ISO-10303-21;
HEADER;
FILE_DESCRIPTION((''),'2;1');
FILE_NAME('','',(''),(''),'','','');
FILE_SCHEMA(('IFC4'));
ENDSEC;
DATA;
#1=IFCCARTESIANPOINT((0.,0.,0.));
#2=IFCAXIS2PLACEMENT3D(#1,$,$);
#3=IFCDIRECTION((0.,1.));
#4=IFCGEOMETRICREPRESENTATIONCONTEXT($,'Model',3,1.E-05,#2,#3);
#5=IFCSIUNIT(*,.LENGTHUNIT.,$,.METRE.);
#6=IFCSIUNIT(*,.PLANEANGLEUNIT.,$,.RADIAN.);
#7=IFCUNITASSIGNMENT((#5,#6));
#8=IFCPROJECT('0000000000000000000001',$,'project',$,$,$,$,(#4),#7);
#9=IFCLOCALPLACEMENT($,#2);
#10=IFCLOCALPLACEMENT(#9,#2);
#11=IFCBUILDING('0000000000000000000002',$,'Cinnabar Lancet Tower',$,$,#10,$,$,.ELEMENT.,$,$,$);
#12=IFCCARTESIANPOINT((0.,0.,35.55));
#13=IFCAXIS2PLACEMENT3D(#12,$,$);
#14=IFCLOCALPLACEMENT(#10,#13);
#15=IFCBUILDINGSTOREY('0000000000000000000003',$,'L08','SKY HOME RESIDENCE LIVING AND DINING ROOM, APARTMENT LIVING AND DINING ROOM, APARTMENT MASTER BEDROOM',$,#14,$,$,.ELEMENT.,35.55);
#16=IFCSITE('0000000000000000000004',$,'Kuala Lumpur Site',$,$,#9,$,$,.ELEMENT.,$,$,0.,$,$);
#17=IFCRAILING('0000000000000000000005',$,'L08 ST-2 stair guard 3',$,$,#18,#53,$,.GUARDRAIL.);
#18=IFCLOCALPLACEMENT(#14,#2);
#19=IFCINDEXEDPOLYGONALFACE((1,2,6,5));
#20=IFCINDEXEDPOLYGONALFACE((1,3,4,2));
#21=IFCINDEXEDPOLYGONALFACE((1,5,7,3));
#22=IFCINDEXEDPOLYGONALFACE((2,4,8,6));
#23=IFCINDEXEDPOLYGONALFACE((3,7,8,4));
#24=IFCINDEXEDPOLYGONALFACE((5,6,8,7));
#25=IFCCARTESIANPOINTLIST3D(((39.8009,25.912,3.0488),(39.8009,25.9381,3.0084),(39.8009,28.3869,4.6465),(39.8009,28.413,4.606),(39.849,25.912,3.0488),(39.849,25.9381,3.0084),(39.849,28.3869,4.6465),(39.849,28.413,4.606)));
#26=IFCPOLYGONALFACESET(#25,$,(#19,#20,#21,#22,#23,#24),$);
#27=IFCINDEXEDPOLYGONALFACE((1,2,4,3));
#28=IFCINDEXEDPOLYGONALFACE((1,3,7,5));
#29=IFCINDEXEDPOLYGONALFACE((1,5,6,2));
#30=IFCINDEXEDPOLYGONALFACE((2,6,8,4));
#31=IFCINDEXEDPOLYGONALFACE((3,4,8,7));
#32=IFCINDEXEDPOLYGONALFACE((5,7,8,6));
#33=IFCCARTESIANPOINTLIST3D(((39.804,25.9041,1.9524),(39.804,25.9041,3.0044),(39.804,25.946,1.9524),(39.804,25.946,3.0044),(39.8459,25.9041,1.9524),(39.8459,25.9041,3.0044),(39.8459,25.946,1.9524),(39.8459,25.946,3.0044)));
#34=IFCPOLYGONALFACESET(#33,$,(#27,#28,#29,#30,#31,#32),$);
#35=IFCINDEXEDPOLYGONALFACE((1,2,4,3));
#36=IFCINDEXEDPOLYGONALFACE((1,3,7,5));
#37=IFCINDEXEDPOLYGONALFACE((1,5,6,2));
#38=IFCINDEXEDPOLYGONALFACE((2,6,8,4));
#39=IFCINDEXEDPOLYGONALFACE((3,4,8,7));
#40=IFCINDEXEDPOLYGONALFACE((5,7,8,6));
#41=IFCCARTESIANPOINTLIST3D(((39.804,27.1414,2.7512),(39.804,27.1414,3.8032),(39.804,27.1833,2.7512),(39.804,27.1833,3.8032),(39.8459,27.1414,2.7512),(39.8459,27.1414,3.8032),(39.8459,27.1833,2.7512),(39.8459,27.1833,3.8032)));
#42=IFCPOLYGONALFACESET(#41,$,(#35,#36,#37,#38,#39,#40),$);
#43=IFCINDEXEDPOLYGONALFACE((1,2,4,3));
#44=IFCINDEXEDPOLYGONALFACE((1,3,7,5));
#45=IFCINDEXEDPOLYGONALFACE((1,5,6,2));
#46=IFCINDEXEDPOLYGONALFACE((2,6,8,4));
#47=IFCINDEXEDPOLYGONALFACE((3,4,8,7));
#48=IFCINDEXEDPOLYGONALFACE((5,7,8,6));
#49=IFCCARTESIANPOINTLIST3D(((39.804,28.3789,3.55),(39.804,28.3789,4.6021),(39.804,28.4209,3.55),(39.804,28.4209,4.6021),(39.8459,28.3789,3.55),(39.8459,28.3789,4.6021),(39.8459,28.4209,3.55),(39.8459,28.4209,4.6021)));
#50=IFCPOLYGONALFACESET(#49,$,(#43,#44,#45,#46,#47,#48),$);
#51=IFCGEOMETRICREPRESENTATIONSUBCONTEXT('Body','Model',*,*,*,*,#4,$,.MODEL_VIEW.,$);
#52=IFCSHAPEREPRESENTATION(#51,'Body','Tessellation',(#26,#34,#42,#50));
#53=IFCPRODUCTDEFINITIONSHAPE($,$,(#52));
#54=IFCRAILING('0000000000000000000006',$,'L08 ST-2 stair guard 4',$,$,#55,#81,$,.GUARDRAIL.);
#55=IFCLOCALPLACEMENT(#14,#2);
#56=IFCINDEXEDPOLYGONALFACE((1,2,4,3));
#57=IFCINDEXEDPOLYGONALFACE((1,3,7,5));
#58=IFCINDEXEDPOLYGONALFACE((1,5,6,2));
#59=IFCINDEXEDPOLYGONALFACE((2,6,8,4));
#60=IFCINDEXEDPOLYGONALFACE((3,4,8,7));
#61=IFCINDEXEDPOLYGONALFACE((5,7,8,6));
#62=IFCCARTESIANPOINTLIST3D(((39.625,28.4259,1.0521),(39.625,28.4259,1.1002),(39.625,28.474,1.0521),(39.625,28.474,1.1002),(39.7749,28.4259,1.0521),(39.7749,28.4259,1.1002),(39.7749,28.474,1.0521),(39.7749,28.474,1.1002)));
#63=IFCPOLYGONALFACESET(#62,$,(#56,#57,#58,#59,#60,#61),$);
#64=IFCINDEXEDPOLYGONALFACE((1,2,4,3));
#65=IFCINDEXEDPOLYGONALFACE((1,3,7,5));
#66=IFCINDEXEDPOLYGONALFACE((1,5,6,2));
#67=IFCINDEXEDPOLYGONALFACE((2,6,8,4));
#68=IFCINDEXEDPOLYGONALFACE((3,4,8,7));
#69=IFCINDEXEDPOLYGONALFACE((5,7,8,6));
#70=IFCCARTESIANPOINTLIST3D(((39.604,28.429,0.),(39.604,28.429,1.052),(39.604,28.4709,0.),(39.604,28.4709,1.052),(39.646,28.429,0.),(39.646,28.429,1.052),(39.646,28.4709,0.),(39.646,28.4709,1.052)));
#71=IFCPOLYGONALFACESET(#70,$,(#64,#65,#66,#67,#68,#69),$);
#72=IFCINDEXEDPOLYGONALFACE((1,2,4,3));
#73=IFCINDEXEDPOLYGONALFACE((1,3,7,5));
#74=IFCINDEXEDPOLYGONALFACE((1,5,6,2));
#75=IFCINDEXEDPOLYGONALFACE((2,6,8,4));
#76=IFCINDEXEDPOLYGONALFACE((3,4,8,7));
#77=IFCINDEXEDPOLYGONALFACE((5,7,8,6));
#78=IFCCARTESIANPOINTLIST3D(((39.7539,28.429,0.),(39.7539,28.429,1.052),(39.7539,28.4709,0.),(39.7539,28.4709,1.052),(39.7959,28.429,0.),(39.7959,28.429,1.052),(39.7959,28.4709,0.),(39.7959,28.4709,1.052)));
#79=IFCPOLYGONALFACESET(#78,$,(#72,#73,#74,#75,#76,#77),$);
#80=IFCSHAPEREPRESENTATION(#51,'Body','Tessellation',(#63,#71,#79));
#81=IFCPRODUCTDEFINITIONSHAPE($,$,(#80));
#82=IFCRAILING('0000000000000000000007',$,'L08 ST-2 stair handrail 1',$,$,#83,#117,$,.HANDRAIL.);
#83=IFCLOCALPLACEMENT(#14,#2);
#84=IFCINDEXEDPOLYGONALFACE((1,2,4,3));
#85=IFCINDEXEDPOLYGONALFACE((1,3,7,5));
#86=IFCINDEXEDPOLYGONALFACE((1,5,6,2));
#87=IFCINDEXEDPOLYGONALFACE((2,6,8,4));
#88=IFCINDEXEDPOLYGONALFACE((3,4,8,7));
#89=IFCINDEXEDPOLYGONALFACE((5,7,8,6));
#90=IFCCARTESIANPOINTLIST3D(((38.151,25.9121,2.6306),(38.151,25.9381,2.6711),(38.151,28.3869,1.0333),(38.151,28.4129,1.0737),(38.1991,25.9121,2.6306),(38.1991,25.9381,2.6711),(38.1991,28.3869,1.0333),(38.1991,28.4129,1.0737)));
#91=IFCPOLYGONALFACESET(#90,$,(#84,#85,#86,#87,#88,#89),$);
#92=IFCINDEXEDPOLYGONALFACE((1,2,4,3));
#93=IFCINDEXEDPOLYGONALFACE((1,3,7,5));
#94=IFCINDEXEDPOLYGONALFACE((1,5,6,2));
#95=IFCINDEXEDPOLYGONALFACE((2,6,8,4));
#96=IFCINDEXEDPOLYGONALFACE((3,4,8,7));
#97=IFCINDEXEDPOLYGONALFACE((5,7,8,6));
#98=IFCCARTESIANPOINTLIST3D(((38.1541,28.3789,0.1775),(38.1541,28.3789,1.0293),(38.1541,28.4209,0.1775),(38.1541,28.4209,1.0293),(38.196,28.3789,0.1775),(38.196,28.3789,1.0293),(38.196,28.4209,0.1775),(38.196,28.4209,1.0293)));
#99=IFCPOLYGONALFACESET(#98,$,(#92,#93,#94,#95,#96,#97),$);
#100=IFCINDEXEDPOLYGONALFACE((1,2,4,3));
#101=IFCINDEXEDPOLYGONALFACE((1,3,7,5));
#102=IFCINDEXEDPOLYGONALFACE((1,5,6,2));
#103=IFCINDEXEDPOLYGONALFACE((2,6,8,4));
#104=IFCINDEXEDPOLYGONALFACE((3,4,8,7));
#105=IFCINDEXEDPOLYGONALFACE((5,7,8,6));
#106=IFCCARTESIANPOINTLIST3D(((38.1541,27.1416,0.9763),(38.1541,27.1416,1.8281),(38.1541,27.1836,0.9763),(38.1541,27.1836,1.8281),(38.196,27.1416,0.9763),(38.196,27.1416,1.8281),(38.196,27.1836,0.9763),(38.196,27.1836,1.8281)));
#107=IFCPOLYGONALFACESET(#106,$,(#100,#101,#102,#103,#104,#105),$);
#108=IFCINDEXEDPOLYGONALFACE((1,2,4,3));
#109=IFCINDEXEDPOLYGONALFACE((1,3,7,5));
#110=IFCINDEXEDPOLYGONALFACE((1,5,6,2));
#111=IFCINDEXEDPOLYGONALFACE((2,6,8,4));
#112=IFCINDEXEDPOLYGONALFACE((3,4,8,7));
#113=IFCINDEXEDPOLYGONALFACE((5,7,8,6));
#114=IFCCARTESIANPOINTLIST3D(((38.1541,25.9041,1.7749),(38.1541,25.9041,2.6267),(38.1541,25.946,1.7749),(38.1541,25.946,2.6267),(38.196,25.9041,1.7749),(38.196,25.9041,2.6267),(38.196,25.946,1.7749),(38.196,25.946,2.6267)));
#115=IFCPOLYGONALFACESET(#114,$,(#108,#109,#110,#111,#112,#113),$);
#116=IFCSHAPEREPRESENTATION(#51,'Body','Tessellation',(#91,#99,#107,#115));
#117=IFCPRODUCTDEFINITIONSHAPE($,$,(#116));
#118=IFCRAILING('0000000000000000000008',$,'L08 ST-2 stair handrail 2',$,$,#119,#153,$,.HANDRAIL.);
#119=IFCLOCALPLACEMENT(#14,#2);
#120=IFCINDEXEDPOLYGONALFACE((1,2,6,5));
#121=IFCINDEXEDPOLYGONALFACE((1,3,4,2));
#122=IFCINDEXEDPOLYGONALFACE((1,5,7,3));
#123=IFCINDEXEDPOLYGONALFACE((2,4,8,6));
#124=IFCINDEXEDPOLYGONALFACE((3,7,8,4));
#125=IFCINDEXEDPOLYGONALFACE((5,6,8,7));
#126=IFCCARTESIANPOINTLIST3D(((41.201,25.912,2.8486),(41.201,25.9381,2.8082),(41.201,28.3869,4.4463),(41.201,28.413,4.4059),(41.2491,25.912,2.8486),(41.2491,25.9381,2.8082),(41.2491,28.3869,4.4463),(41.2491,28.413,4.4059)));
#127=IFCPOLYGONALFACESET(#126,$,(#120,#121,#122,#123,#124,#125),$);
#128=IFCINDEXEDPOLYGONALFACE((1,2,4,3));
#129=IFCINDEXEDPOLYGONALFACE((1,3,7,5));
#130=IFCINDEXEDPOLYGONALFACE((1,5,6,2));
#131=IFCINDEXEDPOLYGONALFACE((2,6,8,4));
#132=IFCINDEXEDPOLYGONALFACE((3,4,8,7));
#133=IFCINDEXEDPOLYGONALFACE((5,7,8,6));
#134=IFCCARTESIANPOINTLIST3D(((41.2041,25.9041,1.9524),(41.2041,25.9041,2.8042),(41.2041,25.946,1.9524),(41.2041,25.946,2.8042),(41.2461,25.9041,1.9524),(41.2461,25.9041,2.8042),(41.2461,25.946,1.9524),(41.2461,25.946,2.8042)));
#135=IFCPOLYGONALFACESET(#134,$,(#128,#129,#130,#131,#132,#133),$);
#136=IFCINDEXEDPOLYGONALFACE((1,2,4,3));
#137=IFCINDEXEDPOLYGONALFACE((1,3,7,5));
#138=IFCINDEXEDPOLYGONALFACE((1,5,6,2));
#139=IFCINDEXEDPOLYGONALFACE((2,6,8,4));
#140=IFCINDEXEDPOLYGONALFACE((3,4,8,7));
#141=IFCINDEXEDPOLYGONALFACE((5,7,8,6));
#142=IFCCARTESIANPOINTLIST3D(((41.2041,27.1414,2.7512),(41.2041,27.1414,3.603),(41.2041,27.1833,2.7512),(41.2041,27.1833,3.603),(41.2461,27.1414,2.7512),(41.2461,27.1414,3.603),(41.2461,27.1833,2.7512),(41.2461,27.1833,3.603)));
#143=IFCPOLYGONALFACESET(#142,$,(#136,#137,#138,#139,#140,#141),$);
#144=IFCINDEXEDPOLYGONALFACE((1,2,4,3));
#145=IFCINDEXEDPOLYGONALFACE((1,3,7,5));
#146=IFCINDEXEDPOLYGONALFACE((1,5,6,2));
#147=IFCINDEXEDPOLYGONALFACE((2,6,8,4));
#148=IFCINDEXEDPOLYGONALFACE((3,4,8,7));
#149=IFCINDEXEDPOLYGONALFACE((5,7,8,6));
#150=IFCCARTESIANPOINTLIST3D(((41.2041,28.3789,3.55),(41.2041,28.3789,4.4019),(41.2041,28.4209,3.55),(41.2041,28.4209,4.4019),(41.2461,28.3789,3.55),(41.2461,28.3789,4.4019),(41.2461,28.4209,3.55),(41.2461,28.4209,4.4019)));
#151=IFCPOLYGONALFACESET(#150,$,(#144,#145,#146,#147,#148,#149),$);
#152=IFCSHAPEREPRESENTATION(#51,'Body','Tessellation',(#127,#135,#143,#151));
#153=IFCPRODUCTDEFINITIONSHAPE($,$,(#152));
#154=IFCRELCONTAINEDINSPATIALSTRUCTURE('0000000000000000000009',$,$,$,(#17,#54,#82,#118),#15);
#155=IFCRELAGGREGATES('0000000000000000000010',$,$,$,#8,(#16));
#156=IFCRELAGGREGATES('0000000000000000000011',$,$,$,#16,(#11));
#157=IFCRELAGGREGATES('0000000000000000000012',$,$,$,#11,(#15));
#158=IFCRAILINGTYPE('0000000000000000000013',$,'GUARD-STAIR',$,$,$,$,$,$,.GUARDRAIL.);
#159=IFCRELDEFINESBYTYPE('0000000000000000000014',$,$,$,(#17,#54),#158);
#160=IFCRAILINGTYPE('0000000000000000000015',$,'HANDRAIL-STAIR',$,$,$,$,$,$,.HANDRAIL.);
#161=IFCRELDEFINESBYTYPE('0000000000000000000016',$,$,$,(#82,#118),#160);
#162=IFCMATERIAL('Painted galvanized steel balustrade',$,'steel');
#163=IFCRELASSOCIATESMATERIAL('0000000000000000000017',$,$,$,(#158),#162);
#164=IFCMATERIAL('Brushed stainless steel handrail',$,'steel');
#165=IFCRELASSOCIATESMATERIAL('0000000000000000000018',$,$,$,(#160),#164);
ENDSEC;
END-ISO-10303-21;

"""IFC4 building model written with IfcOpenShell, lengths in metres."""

from ifc_helpers import new_model, si_unit, direction, frame, origin, origin_2d, place, context, subcontext, project, spatial, rectangle, extrude, material, type_object, element, save


model = new_model("IFC4")

# Units and contexts
model_context = context("Model", 3, precision=1e-05, world=origin(), true_north=direction((0.0, 1.0)))
body_context = subcontext(model_context, "Body", "Model", "MODEL_VIEW")
ifc_project = project(units=[si_unit("LENGTHUNIT", "METRE"), si_unit("PLANEANGLEUNIT", "RADIAN")], contexts=[model_context])

# Site, building, storey
site_placement = place(None, origin())
site = spatial("IfcSite", under=ifc_project, at=site_placement, Name="Kuala Lumpur Site", CompositionType="ELEMENT", RefElevation=0.0)
building_placement = place(site_placement, origin())
building = spatial("IfcBuilding", under=site, at=building_placement, Name="Cinnabar Lancet Tower", CompositionType="ELEMENT")
storey_placement = place(building_placement, frame((0.0, 0.0, 35.55)))
storey = spatial("IfcBuildingStorey", under=building, at=storey_placement, Name="L08", Description="SKY HOME RESIDENCE LIVING AND DINING ROOM, APARTMENT LIVING AND DINING ROOM, APARTMENT MASTER BEDROOM", CompositionType="ELEMENT", Elevation=35.55)

# Railings
ifc_material_1 = material(Name="Painted galvanized steel balustrade", Category="steel")
railing_type_1 = type_object("IfcRailingType", Name="GUARD-STAIR", PredefinedType="GUARDRAIL", material=ifc_material_1)
railing_1_placement = place(storey_placement, frame((39.825, 25.925, 1.9524)))
element("IfcRailing", 1, at=railing_1_placement, inside=storey, type_object=railing_type_1, Name="L08 ST-2 stair guard 3", PredefinedType="GUARDRAIL", context=body_context, shape_type="SweptSolid", body=[
    extrude(rectangle(XDim=0.0481, YDim=0.0481, at=origin_2d()), frame((0.0, 0.0, 1.0762), z_axis=(0.0, 0.840146, 0.542361), x_axis=(-1.0, 0.0, 0.0)), (0.0, 0.0, 1.0), 2.9458),
    extrude(rectangle(XDim=0.042, YDim=0.042, at=origin_2d()), origin(), (0.0, 0.0, 1.0), 1.052),
    extrude(rectangle(XDim=0.042, YDim=0.042, at=origin_2d()), frame((0.0, 1.2373, 0.7988)), (0.0, 0.0, 1.0), 1.052),
    extrude(rectangle(XDim=0.042, YDim=0.042, at=origin_2d()), frame((0.0, 2.4749, 1.5977)), (0.0, 0.0, 1.0), 1.052),
])
railing_2_placement = place(storey_placement, frame((39.625, 28.45, 0.0)))
element("IfcRailing", 2, at=railing_2_placement, inside=storey, type_object=railing_type_1, Name="L08 ST-2 stair guard 4", PredefinedType="GUARDRAIL", context=body_context, shape_type="SweptSolid", body=[
    extrude(rectangle(XDim=0.0481, YDim=0.0481, at=origin_2d()), frame((0.0, 0.0, 1.0762), z_axis=(1.0, 0.0, 0.0), x_axis=(0.0, 1.0, 0.0)), (0.0, 0.0, 1.0), 0.1499),
    extrude(rectangle(XDim=0.042, YDim=0.042, at=origin_2d()), origin(), (0.0, 0.0, 1.0), 1.052),
    extrude(rectangle(XDim=0.042, YDim=0.042, at=origin_2d()), frame((0.1499, 0.0, 0.0)), (0.0, 0.0, 1.0), 1.052),
])
ifc_material_2 = material(Name="Brushed stainless steel handrail", Category="steel")
railing_type_2 = type_object("IfcRailingType", Name="HANDRAIL-STAIR", PredefinedType="HANDRAIL", material=ifc_material_2)
railing_3_placement = place(storey_placement, frame((38.175, 28.3999, 0.1775)))
element("IfcRailing", 3, at=railing_3_placement, inside=storey, type_object=railing_type_2, Name="L08 ST-2 stair handrail 1", PredefinedType="HANDRAIL", context=body_context, shape_type="SweptSolid", body=[
    extrude(rectangle(XDim=0.0481, YDim=0.0481, at=origin_2d()), frame((0.0, 0.0, 0.876), z_axis=(0.0, -0.840183, 0.542302), x_axis=(1.0, 0.0, 0.0)), (0.0, 0.0, 1.0), 2.9456),
    extrude(rectangle(XDim=0.042, YDim=0.042, at=origin_2d()), origin(), (0.0, 0.0, 1.0), 0.8518),
    extrude(rectangle(XDim=0.042, YDim=0.042, at=origin_2d()), frame((0.0, -1.2373, 0.7988)), (0.0, 0.0, 1.0), 0.8518),
    extrude(rectangle(XDim=0.042, YDim=0.042, at=origin_2d()), frame((0.0, -2.4749, 1.5974)), (0.0, 0.0, 1.0), 0.8518),
])
railing_4_placement = place(storey_placement, frame((41.2251, 25.925, 1.9524)))
element("IfcRailing", 4, at=railing_4_placement, inside=storey, type_object=railing_type_2, Name="L08 ST-2 stair handrail 2", PredefinedType="HANDRAIL", context=body_context, shape_type="SweptSolid", body=[
    extrude(rectangle(XDim=0.0481, YDim=0.0481, at=origin_2d()), frame((0.0, 0.0, 0.876), z_axis=(0.0, 0.840146, 0.542361), x_axis=(-1.0, 0.0, 0.0)), (0.0, 0.0, 1.0), 2.9458),
    extrude(rectangle(XDim=0.042, YDim=0.042, at=origin_2d()), origin(), (0.0, 0.0, 1.0), 0.8518),
    extrude(rectangle(XDim=0.042, YDim=0.042, at=origin_2d()), frame((0.0, 1.2373, 0.7988)), (0.0, 0.0, 1.0), 0.8518),
    extrude(rectangle(XDim=0.042, YDim=0.042, at=origin_2d()), frame((0.0, 2.4749, 1.5977)), (0.0, 0.0, 1.0), 0.8518),
])

save(model, "model.ifc")
